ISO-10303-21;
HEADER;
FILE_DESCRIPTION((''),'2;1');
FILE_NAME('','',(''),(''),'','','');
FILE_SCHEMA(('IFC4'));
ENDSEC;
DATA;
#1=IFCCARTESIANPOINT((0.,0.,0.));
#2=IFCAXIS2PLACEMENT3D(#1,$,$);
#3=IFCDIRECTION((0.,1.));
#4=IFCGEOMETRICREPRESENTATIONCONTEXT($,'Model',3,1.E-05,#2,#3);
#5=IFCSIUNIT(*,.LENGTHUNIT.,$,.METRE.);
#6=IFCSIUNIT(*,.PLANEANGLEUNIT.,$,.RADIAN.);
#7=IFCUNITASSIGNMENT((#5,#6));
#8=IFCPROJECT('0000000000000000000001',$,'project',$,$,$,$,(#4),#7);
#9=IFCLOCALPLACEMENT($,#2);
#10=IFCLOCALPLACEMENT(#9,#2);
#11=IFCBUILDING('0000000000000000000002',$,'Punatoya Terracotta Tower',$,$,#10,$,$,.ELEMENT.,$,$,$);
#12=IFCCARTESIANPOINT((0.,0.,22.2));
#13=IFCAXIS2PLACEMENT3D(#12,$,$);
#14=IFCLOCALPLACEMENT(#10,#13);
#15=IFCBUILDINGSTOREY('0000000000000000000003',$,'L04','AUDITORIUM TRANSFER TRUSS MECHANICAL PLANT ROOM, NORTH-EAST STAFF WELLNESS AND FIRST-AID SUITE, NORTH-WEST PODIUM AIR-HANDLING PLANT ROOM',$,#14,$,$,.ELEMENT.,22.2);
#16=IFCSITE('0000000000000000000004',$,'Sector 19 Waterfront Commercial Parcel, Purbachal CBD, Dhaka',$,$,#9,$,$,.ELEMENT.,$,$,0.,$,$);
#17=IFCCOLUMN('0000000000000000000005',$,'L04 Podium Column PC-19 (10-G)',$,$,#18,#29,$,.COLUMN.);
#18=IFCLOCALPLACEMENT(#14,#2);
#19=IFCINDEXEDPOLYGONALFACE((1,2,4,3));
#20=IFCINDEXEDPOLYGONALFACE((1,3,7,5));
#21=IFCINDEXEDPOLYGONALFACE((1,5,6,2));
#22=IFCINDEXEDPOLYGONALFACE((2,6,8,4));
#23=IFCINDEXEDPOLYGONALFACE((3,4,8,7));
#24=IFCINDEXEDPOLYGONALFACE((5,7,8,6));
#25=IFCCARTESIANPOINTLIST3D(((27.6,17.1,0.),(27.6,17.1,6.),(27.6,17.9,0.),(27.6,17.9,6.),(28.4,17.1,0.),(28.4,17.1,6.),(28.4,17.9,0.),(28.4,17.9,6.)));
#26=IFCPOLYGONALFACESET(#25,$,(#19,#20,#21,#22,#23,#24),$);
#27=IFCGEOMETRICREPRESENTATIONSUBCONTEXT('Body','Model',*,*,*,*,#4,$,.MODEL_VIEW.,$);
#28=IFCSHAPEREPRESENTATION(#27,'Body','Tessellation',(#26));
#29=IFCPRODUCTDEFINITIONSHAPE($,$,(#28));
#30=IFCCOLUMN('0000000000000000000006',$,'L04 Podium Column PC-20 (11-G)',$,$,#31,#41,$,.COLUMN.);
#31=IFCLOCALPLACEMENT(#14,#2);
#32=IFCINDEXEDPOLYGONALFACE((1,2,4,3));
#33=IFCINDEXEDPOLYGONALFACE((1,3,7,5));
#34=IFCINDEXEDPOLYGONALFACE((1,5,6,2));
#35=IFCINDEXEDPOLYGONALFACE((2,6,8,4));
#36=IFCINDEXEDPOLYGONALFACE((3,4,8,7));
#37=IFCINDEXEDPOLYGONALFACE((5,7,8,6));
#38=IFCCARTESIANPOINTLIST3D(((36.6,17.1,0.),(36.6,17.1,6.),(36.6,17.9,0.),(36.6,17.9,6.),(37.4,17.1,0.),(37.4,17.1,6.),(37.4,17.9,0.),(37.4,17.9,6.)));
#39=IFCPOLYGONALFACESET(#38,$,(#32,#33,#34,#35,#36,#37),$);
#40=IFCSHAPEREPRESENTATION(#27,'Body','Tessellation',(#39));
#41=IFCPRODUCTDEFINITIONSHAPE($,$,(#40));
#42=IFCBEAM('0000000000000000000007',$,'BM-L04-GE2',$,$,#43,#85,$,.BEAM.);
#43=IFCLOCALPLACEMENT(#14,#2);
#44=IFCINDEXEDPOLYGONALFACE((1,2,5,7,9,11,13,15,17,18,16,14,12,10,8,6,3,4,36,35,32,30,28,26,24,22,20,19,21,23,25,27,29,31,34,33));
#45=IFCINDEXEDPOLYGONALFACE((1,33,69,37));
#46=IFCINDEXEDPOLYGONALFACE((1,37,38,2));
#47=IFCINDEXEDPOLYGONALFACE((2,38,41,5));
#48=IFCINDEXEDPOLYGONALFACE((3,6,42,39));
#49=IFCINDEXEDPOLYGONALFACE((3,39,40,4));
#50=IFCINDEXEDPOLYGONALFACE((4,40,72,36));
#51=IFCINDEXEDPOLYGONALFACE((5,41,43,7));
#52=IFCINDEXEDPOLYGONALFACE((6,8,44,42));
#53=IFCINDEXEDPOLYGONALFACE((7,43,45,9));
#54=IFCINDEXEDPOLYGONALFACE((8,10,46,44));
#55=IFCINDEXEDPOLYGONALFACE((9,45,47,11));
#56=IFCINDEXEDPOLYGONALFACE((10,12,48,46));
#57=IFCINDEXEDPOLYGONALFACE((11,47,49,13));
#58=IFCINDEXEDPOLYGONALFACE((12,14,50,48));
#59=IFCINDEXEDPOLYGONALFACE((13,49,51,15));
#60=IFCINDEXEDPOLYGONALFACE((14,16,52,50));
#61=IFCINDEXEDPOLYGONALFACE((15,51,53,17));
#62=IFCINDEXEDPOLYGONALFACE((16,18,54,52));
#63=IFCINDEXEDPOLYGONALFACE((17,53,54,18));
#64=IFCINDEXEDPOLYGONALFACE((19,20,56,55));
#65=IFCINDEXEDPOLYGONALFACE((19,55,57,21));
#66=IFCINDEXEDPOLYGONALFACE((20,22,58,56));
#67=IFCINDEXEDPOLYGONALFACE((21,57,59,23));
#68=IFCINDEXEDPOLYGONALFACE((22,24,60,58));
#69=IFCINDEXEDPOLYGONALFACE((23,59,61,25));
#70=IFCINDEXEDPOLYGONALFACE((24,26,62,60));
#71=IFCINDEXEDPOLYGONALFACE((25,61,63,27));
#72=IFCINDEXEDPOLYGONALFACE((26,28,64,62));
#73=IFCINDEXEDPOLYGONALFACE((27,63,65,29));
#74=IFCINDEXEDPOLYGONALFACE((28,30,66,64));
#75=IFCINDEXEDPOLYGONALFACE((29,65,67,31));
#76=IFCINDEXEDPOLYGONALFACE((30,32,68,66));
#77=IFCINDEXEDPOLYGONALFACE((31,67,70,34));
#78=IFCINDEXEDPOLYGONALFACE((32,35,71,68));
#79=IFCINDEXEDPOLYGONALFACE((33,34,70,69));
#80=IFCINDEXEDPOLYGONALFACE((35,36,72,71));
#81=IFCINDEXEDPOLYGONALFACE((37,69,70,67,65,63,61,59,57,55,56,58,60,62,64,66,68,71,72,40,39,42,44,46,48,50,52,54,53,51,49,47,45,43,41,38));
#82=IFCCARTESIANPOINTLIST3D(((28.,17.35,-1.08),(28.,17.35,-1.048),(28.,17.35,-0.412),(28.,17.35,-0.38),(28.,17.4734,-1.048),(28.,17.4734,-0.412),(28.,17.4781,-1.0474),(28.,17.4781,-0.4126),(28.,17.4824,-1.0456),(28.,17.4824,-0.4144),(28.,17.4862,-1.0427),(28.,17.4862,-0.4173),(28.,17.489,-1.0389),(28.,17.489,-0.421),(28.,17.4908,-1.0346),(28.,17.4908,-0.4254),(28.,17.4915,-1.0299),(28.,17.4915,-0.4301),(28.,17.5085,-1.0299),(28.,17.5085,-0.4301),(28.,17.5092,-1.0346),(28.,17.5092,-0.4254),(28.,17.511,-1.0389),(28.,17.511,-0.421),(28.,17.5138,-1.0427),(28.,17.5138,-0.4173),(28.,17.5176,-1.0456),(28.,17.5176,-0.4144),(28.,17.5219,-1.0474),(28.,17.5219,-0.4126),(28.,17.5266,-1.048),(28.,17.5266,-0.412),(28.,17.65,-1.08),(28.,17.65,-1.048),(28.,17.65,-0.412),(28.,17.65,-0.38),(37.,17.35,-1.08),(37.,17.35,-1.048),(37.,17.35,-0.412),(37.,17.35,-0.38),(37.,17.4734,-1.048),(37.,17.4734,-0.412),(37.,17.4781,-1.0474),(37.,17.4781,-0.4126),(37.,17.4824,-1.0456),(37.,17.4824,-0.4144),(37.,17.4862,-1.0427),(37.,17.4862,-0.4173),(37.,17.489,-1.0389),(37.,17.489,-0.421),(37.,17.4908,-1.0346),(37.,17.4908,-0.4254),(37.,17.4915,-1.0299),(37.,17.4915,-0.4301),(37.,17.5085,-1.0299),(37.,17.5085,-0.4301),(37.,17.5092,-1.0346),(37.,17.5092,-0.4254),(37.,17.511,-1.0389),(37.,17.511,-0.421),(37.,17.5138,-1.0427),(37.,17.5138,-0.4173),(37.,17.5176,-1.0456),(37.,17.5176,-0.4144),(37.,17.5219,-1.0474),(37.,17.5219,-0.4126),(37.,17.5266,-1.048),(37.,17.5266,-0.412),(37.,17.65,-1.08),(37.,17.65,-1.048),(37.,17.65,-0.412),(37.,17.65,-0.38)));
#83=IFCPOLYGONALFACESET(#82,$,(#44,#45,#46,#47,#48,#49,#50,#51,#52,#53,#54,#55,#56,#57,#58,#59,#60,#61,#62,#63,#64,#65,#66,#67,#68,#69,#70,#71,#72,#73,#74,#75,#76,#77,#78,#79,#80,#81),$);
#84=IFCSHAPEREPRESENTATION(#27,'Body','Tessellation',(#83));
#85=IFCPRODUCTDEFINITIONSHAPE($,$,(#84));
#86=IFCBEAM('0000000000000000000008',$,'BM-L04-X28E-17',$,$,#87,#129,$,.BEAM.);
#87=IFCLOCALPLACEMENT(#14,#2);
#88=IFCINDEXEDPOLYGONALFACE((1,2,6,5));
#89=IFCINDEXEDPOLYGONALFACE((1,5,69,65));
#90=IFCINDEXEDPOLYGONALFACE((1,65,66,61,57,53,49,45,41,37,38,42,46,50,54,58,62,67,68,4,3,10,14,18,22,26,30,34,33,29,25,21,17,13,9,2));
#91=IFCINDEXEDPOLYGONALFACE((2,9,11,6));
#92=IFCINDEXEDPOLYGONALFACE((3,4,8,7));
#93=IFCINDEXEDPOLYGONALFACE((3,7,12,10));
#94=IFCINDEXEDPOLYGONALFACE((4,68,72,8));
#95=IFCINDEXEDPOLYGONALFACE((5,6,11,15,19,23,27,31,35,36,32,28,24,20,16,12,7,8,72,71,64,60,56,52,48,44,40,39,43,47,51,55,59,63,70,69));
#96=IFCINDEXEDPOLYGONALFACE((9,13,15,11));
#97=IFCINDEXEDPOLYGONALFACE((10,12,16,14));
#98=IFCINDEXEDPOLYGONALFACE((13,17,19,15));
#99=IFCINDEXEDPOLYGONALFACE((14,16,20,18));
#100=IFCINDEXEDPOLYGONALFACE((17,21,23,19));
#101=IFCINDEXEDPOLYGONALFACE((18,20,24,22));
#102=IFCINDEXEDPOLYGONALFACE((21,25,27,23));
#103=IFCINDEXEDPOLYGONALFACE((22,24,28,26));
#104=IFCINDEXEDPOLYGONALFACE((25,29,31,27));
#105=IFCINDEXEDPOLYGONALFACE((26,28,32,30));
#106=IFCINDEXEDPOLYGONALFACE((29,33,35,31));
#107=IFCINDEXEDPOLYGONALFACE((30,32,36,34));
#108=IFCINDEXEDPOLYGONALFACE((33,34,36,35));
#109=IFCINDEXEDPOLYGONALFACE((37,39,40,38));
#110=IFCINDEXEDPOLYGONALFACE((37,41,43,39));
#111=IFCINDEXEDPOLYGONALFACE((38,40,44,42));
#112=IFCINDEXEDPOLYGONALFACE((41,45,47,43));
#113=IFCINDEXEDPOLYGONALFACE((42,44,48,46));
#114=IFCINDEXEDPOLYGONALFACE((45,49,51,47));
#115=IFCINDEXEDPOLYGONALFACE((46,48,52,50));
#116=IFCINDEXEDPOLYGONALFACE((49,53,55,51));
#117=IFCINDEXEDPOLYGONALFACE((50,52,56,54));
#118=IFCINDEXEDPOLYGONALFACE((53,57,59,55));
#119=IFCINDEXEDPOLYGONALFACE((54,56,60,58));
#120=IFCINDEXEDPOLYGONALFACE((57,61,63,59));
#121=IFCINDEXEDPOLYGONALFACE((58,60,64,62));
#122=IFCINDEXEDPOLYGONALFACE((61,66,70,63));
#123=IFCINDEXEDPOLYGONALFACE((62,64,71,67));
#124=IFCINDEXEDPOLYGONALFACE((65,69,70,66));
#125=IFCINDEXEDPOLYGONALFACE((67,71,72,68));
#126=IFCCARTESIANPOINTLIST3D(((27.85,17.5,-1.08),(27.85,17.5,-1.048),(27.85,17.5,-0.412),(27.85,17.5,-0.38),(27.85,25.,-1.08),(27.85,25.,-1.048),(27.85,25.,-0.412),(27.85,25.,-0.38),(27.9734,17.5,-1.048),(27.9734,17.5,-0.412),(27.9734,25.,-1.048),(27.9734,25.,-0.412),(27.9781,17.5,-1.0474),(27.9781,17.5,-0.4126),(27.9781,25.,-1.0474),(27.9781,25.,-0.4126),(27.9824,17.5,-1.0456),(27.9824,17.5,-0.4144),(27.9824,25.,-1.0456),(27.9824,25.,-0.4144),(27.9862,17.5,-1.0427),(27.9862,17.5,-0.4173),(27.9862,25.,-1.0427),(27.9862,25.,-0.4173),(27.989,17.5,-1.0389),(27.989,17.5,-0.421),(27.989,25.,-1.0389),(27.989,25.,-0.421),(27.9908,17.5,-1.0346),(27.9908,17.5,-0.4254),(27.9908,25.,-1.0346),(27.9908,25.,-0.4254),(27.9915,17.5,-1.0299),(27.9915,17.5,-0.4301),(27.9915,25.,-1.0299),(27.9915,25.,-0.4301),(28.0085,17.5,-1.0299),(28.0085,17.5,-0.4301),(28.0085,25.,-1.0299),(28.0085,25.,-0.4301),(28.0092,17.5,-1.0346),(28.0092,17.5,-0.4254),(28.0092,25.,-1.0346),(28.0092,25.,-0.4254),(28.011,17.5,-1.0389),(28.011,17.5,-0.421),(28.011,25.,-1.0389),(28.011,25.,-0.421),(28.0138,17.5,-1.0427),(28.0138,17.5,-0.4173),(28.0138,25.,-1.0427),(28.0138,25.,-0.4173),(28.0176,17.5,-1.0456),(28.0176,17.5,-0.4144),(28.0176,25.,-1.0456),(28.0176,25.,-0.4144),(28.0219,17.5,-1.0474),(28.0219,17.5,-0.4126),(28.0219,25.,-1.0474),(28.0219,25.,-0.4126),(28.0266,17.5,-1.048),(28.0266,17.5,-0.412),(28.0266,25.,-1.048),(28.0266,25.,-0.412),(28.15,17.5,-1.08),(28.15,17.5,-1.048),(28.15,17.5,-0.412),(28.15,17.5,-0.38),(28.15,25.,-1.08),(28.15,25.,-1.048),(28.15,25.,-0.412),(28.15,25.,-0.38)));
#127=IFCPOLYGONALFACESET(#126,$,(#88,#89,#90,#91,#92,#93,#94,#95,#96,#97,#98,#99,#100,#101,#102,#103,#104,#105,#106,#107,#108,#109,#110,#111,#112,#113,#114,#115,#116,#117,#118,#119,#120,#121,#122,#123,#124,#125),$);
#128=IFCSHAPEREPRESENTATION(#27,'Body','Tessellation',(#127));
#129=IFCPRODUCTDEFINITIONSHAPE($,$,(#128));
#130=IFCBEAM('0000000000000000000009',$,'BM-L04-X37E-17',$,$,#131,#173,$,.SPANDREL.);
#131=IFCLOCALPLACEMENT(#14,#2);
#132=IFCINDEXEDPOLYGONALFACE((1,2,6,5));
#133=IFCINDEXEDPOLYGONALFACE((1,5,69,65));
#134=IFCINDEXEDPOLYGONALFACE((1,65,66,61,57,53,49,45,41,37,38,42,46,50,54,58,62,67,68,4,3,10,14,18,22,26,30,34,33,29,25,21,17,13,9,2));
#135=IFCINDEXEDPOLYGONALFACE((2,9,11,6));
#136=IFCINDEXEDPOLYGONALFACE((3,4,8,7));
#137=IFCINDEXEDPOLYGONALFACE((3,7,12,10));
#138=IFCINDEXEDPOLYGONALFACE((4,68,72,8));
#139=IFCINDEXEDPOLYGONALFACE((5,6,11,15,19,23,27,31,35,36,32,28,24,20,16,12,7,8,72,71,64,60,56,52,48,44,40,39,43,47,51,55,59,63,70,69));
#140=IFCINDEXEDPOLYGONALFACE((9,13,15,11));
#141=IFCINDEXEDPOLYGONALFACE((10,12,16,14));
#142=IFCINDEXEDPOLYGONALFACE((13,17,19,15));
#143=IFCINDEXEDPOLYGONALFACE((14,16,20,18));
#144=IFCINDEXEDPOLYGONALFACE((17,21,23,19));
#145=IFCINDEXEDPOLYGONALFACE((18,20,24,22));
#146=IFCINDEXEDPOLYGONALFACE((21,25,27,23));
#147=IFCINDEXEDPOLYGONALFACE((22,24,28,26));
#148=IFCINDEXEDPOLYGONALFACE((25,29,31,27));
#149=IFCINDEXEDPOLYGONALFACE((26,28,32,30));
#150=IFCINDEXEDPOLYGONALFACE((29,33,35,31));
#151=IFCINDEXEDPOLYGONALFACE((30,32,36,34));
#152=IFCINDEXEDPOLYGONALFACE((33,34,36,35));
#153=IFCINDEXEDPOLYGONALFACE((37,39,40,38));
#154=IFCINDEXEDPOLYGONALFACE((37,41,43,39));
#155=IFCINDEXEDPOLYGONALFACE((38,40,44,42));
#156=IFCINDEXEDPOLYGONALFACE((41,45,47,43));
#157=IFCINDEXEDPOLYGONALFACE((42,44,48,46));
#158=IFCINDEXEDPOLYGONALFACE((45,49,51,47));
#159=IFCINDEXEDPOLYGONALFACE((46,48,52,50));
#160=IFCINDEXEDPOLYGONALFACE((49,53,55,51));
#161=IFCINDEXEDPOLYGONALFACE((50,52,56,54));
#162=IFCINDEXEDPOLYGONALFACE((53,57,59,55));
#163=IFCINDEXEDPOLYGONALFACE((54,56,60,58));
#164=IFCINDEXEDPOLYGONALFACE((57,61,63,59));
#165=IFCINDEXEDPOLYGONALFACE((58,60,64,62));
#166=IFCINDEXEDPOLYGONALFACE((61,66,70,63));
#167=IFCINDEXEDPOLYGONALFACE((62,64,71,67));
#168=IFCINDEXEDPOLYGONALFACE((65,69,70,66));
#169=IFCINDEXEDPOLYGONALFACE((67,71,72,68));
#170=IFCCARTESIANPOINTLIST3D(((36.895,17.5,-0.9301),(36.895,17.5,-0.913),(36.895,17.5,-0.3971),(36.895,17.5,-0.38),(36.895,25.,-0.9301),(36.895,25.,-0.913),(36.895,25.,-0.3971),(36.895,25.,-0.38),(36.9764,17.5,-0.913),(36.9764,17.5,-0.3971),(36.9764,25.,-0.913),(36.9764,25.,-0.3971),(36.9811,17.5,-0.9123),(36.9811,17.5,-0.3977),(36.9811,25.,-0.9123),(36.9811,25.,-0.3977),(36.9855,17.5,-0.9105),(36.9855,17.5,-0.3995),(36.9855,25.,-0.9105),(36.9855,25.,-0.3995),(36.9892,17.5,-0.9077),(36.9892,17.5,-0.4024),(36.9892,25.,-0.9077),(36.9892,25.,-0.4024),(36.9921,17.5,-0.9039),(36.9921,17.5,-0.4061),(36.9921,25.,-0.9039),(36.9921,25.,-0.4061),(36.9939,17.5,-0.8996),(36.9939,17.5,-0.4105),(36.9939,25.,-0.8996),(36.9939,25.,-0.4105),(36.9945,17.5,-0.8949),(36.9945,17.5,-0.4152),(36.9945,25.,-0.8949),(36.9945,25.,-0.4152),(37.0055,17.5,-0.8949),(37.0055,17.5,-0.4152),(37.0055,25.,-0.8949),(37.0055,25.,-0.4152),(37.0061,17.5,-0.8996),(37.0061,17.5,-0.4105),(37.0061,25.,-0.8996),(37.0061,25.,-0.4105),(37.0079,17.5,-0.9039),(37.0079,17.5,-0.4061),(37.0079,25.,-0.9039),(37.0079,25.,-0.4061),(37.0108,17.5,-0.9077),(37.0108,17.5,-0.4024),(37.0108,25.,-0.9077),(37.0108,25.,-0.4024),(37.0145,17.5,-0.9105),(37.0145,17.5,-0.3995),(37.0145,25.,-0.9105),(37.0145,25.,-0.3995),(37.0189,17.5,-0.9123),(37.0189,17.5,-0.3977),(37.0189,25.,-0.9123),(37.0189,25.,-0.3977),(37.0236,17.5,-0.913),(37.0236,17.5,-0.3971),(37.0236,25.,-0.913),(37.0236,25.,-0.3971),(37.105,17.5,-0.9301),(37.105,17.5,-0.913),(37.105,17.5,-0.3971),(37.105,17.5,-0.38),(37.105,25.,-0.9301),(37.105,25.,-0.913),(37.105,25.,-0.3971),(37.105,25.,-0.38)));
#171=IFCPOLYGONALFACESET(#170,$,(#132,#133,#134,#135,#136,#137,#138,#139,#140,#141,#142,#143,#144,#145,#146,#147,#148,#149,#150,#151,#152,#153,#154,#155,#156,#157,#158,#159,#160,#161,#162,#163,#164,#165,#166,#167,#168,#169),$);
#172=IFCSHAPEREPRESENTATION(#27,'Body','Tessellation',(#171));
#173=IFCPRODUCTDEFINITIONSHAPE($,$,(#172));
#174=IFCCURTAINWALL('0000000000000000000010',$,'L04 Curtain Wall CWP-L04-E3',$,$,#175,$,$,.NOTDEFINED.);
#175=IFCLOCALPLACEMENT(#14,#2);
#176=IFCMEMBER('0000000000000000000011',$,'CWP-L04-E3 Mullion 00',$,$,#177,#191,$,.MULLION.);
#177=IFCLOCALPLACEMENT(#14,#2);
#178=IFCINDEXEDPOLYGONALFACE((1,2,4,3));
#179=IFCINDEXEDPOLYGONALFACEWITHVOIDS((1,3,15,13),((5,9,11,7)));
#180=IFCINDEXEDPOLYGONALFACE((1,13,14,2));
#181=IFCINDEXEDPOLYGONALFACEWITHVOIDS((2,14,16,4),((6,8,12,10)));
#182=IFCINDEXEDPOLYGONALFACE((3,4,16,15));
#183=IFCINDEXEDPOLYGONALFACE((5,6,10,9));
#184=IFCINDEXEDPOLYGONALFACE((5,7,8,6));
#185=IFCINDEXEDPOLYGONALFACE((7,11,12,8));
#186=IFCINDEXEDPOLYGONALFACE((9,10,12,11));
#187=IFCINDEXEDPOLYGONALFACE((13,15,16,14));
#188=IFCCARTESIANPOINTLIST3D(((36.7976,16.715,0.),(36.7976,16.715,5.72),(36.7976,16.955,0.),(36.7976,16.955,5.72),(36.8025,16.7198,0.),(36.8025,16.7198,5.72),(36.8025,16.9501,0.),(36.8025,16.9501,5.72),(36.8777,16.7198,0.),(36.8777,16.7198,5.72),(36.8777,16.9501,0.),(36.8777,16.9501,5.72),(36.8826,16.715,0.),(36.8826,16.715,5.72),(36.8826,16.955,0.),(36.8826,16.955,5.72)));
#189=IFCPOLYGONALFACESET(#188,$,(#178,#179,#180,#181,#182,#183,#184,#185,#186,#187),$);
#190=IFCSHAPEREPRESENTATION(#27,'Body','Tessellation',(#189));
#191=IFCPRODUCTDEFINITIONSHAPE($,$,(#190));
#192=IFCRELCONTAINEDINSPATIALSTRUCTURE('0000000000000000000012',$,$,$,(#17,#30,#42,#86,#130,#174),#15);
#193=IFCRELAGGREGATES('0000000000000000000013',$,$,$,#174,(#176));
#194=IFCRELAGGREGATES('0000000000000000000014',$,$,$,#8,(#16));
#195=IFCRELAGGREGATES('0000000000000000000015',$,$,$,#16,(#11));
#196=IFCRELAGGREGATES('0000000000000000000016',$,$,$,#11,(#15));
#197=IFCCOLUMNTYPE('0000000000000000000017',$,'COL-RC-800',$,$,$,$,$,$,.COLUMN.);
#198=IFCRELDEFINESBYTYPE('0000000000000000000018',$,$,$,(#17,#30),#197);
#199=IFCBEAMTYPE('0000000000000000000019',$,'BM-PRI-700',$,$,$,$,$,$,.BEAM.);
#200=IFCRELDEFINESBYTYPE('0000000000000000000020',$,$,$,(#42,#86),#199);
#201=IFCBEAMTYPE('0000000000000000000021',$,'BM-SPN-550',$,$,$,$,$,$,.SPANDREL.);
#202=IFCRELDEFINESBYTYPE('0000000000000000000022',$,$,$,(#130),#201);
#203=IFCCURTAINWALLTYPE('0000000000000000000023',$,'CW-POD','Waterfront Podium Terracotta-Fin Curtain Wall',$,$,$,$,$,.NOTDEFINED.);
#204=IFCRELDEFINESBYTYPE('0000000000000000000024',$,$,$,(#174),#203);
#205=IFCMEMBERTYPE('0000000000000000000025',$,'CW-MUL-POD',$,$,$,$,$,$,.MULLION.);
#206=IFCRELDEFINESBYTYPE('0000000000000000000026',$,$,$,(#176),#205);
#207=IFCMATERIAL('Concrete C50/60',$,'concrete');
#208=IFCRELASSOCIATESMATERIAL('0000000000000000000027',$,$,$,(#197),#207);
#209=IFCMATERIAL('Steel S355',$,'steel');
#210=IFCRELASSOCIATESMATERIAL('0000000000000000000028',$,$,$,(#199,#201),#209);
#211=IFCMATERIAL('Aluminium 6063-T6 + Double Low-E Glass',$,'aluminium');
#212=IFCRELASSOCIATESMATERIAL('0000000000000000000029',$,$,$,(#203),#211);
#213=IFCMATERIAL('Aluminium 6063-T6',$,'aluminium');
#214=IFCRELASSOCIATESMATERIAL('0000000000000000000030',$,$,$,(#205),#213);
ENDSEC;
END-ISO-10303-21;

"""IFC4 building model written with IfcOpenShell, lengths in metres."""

from ifc_helpers import new_model, si_unit, direction, frame, origin, origin_2d, place, context, subcontext, project, spatial, rectangle, hollow_rectangle, i_section, extrude, material, material_profile, profile_set, type_object, element, aggregate, save


model = new_model("IFC4")

# Units and contexts
model_context = context("Model", 3, precision=1e-05, world=origin(), true_north=direction((0.0, 1.0)))
body_context = subcontext(model_context, "Body", "Model", "MODEL_VIEW")
ifc_project = project(units=[si_unit("LENGTHUNIT", "METRE"), si_unit("PLANEANGLEUNIT", "RADIAN")], contexts=[model_context])

# Site, building, storey
site_placement = place(None, origin())
site = spatial("IfcSite", under=ifc_project, at=site_placement, Name="Sector 19 Waterfront Commercial Parcel, Purbachal CBD, Dhaka", CompositionType="ELEMENT", RefElevation=0.0)
building_placement = place(site_placement, origin())
building = spatial("IfcBuilding", under=site, at=building_placement, Name="Punatoya Terracotta Tower", CompositionType="ELEMENT")
storey_placement = place(building_placement, frame((0.0, 0.0, 22.2)))
storey = spatial("IfcBuildingStorey", under=building, at=storey_placement, Name="L04", Description="AUDITORIUM TRANSFER TRUSS MECHANICAL PLANT ROOM, NORTH-EAST STAFF WELLNESS AND FIRST-AID SUITE, NORTH-WEST PODIUM AIR-HANDLING PLANT ROOM", CompositionType="ELEMENT", Elevation=22.2)

# Columns
ifc_material_1 = material(Name="Concrete C50/60", Category="concrete")
ifc_material_profile_1 = material_profile(ifc_material_1, rectangle(XDim=0.8, YDim=0.8, at=origin_2d()))
ifc_profile_set_1 = profile_set([ifc_material_profile_1], Name="Concrete C50/60")
column_type = type_object("IfcColumnType", Name="COL-RC-800", PredefinedType="COLUMN", material=ifc_profile_set_1)
for number, where, z_axis, x_axis, name in (
    (1, (28.0, 17.5, 0.0), (0.0, 0.0, 1.0), (1.0, 0.0, 0.0), "L04 Podium Column PC-19 (10-G)"),
    (2, (37.0, 17.5, 0.0), (0.0, 0.0, 1.0), (1.0, 0.0, 0.0), "L04 Podium Column PC-20 (11-G)"),
):
    element("IfcColumn", number, at=place(storey_placement, frame(where, z_axis=z_axis, x_axis=x_axis)), inside=storey, type_object=column_type, Name=name, PredefinedType="COLUMN", context=body_context, shape_type="SweptSolid", body=[
        extrude(rectangle(XDim=0.8, YDim=0.8, at=origin_2d()), origin(), (0.0, 0.0, 1.0), 6.0),
    ])

# Beams
ifc_material_2 = material(Name="Steel S355", Category="steel")
ifc_material_profile_2 = material_profile(ifc_material_2, i_section(OverallWidth=0.3, OverallDepth=0.7, WebThickness=0.0171, FlangeThickness=0.032, FilletRadius=0.0181, at=origin_2d()))
ifc_profile_set_2 = profile_set([ifc_material_profile_2], Name="Steel S355")
beam_type_1 = type_object("IfcBeamType", Name="BM-PRI-700", PredefinedType="BEAM", material=ifc_profile_set_2)
beam_1_placement = place(storey_placement, frame((28.0, 17.5, -0.73), z_axis=(1.0, 0.0, 0.0), x_axis=(0.0, 1.0, 0.0)))
element("IfcBeam", 3, at=beam_1_placement, inside=storey, type_object=beam_type_1, Name="BM-L04-GE2", PredefinedType="BEAM", context=body_context, shape_type="SweptSolid", body=[
    extrude(i_section(OverallWidth=0.3, OverallDepth=0.7, WebThickness=0.0171, FlangeThickness=0.032, FilletRadius=0.0181, at=origin_2d()), origin(), (0.0, 0.0, 1.0), 9.0),
])
beam_2_placement = place(storey_placement, frame((28.0, 17.5, -0.73), z_axis=(0.0, 1.0, 0.0), x_axis=(-1.0, 0.0, 0.0)))
element("IfcBeam", 4, at=beam_2_placement, inside=storey, type_object=beam_type_1, Name="BM-L04-X28E-17", PredefinedType="BEAM", context=body_context, shape_type="SweptSolid", body=[
    extrude(i_section(OverallWidth=0.3, OverallDepth=0.7, WebThickness=0.0171, FlangeThickness=0.032, FilletRadius=0.0181, at=origin_2d()), origin(), (0.0, 0.0, 1.0), 7.5),
])
ifc_material_profile_3 = material_profile(ifc_material_2, i_section(OverallWidth=0.21, OverallDepth=0.55, WebThickness=0.011, FlangeThickness=0.0171, FilletRadius=0.0181, at=origin_2d()))
ifc_profile_set_3 = profile_set([ifc_material_profile_3], Name="Steel S355")
beam_type_2 = type_object("IfcBeamType", Name="BM-SPN-550", PredefinedType="SPANDREL", material=ifc_profile_set_3)
beam_3_placement = place(storey_placement, frame((37.0, 17.5, -0.655), z_axis=(0.0, 1.0, 0.0), x_axis=(-1.0, 0.0, 0.0)))
element("IfcBeam", 5, at=beam_3_placement, inside=storey, type_object=beam_type_2, Name="BM-L04-X37E-17", PredefinedType="SPANDREL", context=body_context, shape_type="SweptSolid", body=[
    extrude(i_section(OverallWidth=0.21, OverallDepth=0.55, WebThickness=0.011, FlangeThickness=0.0171, FilletRadius=0.0181, at=origin_2d()), origin(), (0.0, 0.0, 1.0), 7.5),
])

# Curtain wall, member
ifc_material_3 = material(Name="Aluminium 6063-T6 + Double Low-E Glass", Category="aluminium")
curtain_wall_type = type_object("IfcCurtainWallType", Name="CW-POD", Description="Waterfront Podium Terracotta-Fin Curtain Wall", PredefinedType="NOTDEFINED", material=ifc_material_3)
curtain_wall_1_placement = place(storey_placement, origin())
curtain_wall_1 = element("IfcCurtainWall", 6, at=curtain_wall_1_placement, inside=storey, type_object=curtain_wall_type, Name="L04 Curtain Wall CWP-L04-E3", PredefinedType="NOTDEFINED")
ifc_material_4 = material(Name="Aluminium 6063-T6", Category="aluminium")
ifc_material_profile_4 = material_profile(ifc_material_4, hollow_rectangle(XDim=0.085, YDim=0.24, WallThickness=0.0049, at=origin_2d()))
ifc_profile_set_4 = profile_set([ifc_material_profile_4], Name="Aluminium 6063-T6")
member_type_1 = type_object("IfcMemberType", Name="CW-MUL-POD", PredefinedType="MULLION", material=ifc_profile_set_4)
member_1_placement = place(storey_placement, frame((36.8401, 16.835, 0.0), z_axis=(0.0, 0.0, 1.0), x_axis=(1.0, 0.0, 0.0)))
member_1 = element("IfcMember", 7, at=member_1_placement, type_object=member_type_1, Name="CWP-L04-E3 Mullion 00", PredefinedType="MULLION", context=body_context, shape_type="SweptSolid", body=[
    extrude(hollow_rectangle(XDim=0.085, YDim=0.24, WallThickness=0.0049, at=origin_2d()), origin(), (0.0, 0.0, 1.0), 5.72),
])

aggregate(curtain_wall_1, [member_1])

save(model, "model.ifc")
